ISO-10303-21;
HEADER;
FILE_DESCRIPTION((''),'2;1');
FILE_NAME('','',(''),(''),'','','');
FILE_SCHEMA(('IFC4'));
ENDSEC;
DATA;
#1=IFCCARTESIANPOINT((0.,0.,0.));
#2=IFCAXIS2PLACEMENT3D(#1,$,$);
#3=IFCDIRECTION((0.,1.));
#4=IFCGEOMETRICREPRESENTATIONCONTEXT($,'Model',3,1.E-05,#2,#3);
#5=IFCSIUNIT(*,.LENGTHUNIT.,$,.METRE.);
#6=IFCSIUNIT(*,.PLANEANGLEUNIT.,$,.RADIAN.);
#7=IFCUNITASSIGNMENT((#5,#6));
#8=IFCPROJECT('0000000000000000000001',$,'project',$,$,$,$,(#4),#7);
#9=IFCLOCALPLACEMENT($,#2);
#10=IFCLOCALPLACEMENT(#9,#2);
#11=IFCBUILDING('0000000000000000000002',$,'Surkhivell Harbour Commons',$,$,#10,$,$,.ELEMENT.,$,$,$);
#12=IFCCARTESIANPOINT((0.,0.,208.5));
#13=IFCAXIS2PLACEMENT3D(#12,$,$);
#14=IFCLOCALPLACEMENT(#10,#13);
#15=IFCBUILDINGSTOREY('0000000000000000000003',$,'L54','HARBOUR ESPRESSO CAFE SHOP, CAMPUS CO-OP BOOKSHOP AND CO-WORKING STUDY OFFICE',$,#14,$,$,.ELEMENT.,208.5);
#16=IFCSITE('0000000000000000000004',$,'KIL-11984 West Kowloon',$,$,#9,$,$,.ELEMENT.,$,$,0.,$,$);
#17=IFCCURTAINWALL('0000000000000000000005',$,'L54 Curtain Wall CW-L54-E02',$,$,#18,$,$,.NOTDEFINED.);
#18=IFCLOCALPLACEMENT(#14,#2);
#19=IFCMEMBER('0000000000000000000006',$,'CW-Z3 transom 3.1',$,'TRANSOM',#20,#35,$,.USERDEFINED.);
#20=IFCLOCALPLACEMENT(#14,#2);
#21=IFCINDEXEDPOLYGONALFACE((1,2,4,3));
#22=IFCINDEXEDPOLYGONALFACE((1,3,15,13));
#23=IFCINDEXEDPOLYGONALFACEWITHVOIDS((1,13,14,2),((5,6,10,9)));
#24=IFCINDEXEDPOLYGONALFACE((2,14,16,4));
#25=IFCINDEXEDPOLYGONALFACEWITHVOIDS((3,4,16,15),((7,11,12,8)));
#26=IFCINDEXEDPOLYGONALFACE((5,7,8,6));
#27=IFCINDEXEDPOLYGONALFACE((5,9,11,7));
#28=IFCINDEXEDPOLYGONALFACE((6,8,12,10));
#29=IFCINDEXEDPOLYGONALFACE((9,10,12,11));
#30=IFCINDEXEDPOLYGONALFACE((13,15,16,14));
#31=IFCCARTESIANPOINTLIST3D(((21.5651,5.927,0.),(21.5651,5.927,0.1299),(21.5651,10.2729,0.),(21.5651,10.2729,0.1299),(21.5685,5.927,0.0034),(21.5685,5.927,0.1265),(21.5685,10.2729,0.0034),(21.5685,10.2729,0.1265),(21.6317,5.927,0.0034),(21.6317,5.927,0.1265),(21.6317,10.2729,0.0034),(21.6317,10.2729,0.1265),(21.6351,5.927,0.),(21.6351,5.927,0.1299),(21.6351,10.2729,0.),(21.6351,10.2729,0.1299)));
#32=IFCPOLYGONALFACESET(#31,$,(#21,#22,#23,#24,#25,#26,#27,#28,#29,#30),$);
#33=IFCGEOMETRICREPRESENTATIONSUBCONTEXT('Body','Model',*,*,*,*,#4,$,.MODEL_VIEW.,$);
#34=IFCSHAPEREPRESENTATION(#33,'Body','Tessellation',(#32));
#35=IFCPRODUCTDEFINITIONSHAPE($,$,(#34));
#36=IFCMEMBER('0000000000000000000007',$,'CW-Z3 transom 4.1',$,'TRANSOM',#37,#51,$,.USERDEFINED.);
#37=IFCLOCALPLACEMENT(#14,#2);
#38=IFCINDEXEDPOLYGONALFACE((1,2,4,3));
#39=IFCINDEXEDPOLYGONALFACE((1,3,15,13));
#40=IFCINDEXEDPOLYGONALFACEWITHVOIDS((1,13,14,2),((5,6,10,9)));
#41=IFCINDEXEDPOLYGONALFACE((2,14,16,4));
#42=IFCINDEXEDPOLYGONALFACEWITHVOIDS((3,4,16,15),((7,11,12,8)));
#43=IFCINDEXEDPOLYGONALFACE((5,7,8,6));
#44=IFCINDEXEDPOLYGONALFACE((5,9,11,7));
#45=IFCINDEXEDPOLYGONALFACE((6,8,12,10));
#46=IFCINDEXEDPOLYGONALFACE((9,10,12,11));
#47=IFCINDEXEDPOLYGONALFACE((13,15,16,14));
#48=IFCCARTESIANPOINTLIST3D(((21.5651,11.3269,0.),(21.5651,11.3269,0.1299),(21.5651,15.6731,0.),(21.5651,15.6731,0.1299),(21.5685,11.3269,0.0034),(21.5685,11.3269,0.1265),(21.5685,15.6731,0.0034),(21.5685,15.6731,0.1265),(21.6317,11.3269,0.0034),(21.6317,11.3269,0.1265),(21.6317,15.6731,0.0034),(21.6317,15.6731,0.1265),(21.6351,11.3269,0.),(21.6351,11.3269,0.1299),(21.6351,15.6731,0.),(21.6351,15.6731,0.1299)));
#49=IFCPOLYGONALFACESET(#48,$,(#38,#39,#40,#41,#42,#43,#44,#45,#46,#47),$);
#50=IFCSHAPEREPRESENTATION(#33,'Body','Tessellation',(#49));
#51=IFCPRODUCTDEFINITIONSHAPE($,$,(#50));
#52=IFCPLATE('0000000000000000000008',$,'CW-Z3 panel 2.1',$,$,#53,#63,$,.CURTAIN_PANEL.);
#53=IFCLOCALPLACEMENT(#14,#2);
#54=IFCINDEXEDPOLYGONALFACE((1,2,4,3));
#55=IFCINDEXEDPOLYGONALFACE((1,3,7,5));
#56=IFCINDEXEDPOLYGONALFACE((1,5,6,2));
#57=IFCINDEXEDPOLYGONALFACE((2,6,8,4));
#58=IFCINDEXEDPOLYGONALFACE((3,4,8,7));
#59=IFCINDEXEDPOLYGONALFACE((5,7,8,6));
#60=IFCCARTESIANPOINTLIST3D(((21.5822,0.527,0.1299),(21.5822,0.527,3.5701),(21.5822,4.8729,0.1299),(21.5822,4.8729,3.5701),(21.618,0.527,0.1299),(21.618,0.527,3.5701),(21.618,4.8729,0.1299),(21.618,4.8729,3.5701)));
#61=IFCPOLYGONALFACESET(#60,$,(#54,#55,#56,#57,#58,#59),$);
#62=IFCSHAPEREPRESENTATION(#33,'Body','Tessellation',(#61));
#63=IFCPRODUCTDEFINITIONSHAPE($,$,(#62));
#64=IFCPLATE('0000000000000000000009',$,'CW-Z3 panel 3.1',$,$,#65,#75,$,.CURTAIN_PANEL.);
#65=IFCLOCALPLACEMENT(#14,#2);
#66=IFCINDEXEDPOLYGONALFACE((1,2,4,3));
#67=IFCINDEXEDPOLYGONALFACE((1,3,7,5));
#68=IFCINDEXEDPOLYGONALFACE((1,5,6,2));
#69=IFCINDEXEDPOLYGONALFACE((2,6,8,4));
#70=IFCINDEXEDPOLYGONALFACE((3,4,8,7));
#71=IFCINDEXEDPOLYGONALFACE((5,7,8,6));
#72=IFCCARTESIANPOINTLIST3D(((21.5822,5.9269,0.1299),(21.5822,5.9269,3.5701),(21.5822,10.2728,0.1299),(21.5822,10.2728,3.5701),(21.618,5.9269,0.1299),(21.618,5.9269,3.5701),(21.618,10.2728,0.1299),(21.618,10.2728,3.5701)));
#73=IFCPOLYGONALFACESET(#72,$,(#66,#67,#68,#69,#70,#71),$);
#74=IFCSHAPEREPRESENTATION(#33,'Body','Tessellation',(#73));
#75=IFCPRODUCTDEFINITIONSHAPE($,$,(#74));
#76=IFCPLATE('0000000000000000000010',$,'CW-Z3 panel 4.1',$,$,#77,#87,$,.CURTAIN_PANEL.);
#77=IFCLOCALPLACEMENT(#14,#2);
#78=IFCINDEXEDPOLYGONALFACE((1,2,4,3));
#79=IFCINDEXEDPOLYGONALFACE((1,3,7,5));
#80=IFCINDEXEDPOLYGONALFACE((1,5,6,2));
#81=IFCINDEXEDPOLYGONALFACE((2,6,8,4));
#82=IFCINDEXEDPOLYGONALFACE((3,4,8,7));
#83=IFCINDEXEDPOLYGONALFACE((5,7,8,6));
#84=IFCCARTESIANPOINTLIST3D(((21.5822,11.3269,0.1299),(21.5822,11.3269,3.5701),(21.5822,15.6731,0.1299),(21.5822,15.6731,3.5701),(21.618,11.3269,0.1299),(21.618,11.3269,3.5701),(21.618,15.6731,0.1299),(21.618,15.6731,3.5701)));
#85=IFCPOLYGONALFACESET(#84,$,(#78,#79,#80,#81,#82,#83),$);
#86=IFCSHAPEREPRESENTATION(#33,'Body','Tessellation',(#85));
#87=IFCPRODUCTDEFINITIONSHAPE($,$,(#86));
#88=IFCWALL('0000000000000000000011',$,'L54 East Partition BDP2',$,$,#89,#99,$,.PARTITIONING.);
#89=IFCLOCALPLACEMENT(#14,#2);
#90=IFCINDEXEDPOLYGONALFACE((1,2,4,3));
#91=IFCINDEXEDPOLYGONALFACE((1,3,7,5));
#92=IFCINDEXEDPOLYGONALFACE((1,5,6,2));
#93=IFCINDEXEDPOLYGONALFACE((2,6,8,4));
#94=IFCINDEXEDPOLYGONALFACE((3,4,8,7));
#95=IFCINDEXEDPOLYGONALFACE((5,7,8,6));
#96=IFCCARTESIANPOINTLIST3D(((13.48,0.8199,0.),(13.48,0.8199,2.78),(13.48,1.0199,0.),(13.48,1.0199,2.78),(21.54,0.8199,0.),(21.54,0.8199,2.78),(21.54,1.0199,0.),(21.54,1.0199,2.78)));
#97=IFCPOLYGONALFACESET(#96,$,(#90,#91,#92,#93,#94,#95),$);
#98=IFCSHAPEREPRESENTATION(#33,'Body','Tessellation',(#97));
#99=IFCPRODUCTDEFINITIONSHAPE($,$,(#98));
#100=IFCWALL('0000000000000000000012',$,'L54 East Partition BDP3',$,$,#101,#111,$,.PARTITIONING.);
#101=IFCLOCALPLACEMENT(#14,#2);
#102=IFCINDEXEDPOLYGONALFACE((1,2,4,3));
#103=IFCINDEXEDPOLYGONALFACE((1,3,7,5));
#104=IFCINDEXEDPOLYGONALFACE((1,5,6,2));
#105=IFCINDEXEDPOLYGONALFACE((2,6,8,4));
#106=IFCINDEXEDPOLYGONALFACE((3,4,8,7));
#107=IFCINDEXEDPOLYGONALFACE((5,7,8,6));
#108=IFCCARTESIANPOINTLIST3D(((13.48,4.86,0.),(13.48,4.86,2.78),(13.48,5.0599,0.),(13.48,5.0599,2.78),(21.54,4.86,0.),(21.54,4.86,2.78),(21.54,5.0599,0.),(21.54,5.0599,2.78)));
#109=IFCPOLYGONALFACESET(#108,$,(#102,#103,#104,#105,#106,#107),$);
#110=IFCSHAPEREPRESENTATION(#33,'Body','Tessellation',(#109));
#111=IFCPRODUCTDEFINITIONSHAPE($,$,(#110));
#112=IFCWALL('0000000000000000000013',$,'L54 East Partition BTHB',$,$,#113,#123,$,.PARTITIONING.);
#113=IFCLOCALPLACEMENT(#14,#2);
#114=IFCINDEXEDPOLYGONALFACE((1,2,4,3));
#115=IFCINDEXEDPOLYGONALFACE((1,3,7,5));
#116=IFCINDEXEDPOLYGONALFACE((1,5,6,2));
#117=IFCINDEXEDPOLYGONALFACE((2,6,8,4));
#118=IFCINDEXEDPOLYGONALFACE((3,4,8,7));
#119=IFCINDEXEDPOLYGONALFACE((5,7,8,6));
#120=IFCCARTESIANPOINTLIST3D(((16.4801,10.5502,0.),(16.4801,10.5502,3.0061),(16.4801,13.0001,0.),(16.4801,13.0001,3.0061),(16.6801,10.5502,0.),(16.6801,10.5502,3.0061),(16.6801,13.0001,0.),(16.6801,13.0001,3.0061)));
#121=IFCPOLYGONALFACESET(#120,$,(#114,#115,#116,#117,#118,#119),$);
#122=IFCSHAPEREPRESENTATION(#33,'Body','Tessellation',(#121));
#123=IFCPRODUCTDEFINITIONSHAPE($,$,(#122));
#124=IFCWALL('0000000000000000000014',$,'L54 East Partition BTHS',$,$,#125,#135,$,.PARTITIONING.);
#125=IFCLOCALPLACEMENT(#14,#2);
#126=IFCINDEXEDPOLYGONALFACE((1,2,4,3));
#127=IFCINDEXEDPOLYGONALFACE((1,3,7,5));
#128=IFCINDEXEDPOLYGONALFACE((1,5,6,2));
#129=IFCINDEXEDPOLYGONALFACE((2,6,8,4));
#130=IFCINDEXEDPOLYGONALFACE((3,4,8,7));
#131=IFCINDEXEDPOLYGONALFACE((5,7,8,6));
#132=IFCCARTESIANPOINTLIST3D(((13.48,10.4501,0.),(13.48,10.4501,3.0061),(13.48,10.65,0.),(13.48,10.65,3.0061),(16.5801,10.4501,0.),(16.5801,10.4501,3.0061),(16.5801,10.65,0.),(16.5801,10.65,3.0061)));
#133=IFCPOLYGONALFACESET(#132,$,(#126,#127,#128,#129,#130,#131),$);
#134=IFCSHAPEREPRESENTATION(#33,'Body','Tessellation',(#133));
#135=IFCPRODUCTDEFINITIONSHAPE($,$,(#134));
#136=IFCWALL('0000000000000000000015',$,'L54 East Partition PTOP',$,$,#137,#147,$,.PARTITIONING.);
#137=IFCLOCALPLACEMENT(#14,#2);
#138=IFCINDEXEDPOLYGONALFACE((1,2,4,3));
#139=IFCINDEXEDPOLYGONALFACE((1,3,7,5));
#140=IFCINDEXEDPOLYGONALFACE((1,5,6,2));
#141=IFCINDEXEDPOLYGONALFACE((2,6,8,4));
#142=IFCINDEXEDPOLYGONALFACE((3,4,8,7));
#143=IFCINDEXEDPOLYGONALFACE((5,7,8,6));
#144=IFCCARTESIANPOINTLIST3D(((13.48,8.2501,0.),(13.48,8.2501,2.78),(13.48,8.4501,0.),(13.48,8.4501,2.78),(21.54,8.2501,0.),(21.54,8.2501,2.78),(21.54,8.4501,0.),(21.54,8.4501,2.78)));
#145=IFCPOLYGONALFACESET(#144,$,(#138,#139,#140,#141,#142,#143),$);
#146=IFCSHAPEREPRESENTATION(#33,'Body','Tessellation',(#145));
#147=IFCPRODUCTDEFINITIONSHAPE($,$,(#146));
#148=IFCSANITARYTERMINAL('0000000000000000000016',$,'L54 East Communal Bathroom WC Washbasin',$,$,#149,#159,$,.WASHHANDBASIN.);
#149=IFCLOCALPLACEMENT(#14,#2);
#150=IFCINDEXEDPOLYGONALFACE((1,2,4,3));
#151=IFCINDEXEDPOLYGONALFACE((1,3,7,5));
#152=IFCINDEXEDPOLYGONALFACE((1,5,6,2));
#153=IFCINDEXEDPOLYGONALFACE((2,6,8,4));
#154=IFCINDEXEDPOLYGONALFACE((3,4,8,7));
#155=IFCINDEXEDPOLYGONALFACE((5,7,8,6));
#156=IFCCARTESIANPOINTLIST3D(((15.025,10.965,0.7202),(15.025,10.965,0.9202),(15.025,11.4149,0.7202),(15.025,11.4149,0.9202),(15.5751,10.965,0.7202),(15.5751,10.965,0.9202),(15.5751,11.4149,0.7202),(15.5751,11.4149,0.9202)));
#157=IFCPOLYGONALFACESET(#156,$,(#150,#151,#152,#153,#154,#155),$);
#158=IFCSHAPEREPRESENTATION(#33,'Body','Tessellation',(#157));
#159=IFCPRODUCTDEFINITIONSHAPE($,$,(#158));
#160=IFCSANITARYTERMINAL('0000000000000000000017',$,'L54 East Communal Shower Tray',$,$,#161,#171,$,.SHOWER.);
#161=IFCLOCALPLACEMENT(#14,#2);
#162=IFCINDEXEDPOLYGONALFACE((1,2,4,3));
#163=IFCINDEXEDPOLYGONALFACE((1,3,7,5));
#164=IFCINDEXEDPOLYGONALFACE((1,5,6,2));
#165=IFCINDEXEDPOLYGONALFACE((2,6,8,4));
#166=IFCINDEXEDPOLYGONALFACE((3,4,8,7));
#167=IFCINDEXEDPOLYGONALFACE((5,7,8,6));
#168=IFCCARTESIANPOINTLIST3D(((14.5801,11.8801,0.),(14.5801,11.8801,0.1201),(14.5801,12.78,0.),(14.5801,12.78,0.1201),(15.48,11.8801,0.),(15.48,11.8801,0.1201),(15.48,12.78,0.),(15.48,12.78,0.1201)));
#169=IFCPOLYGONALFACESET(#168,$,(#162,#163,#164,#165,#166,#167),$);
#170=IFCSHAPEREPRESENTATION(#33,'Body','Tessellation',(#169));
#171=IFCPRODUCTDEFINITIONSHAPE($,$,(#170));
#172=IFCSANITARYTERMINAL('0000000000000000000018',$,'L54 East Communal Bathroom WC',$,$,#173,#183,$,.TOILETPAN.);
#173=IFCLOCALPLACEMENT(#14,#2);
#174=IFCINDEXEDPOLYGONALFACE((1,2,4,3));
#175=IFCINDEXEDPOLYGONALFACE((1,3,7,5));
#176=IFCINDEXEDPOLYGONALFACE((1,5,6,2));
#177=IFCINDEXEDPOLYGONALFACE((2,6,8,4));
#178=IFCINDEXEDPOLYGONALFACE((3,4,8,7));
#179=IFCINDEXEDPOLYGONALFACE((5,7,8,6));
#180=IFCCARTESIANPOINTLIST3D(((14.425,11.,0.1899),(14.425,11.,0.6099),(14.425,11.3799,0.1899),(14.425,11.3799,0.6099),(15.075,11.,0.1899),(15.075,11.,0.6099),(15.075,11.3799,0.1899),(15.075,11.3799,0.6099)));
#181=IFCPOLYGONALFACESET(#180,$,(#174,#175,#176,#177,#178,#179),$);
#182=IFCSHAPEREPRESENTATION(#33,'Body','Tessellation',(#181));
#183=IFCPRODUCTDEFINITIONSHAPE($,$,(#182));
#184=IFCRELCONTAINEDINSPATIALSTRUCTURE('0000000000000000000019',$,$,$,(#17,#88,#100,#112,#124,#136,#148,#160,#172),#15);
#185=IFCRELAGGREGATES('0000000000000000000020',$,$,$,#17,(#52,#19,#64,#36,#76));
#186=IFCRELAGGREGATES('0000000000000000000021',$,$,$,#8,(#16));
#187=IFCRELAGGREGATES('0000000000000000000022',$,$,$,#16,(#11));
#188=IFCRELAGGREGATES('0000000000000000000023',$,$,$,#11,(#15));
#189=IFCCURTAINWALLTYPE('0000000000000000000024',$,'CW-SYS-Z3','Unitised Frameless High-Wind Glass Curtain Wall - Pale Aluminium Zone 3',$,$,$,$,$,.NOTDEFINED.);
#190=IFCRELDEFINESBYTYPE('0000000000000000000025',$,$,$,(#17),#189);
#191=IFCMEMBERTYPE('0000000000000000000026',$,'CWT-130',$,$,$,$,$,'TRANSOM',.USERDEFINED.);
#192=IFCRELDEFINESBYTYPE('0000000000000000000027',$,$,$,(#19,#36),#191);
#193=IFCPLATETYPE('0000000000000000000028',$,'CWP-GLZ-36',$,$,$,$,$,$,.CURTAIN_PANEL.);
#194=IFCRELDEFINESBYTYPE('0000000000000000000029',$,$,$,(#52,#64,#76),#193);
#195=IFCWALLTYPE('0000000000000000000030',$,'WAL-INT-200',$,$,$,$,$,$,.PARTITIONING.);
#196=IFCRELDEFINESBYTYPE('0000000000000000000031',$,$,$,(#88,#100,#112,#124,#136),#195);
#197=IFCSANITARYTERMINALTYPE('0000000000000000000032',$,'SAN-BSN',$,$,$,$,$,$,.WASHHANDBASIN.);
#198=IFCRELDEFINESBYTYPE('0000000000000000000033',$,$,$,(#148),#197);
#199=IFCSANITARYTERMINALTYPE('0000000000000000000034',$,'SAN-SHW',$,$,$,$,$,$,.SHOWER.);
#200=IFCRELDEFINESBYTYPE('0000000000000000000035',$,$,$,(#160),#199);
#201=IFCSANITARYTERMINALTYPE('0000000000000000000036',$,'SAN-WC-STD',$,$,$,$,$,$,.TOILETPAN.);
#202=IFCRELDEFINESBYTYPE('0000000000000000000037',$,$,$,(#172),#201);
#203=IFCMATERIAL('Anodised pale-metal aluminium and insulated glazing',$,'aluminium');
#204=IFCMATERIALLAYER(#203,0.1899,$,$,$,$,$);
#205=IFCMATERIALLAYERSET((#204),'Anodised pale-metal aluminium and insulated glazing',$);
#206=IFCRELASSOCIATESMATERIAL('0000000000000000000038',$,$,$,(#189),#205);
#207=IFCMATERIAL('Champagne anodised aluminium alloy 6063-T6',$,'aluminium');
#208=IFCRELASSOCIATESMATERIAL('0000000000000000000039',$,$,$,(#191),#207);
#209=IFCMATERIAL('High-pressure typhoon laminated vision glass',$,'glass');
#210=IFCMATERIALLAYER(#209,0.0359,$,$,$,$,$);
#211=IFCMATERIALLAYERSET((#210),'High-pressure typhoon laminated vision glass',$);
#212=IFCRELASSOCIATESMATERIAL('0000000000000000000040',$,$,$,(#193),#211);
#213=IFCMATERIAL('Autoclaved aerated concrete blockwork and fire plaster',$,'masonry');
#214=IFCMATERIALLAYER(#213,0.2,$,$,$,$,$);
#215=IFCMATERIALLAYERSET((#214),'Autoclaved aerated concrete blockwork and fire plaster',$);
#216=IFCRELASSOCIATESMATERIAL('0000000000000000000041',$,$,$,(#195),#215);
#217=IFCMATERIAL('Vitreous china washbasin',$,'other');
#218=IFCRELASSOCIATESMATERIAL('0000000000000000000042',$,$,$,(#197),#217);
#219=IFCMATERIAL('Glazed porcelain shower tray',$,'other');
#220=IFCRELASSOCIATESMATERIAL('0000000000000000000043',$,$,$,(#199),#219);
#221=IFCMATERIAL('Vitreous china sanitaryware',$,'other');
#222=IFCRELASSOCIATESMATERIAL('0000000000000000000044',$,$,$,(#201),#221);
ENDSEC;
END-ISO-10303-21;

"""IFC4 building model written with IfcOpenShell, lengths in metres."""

from ifc_helpers import new_model, si_unit, direction, frame, frame_2d, origin, origin_2d, place, context, subcontext, project, spatial, rectangle, hollow_rectangle, extrude, material, layer, layer_set, material_profile, profile_set, type_object, element, aggregate, save


model = new_model("IFC4")

# Units and contexts
model_context = context("Model", 3, precision=1e-05, world=origin(), true_north=direction((0.0, 1.0)))
body_context = subcontext(model_context, "Body", "Model", "MODEL_VIEW")
ifc_project = project(units=[si_unit("LENGTHUNIT", "METRE"), si_unit("PLANEANGLEUNIT", "RADIAN")], contexts=[model_context])

# Site, building, storey
site_placement = place(None, origin())
site = spatial("IfcSite", under=ifc_project, at=site_placement, Name="KIL-11984 West Kowloon", CompositionType="ELEMENT", RefElevation=0.0)
building_placement = place(site_placement, origin())
building = spatial("IfcBuilding", under=site, at=building_placement, Name="Surkhivell Harbour Commons", CompositionType="ELEMENT")
storey_placement = place(building_placement, frame((0.0, 0.0, 208.5)))
storey = spatial("IfcBuildingStorey", under=building, at=storey_placement, Name="L54", Description="HARBOUR ESPRESSO CAFE SHOP, CAMPUS CO-OP BOOKSHOP AND CO-WORKING STUDY OFFICE", CompositionType="ELEMENT", Elevation=208.5)

# Curtain wall, members, plates
ifc_material_1 = material(Name="Anodised pale-metal aluminium and insulated glazing", Category="aluminium")
ifc_layer_1 = layer(ifc_material_1, 0.1899)
ifc_layer_set_1 = layer_set([ifc_layer_1], Name="Anodised pale-metal aluminium and insulated glazing")
curtain_wall_type = type_object("IfcCurtainWallType", Name="CW-SYS-Z3", Description="Unitised Frameless High-Wind Glass Curtain Wall - Pale Aluminium Zone 3", PredefinedType="NOTDEFINED", material=ifc_layer_set_1)
curtain_wall_placement = place(storey_placement, origin())
curtain_wall = element("IfcCurtainWall", 1, at=curtain_wall_placement, inside=storey, type_object=curtain_wall_type, Name="L54 Curtain Wall CW-L54-E02", PredefinedType="NOTDEFINED")
ifc_material_2 = material(Name="Champagne anodised aluminium alloy 6063-T6", Category="aluminium")
ifc_material_profile_1 = material_profile(ifc_material_2, hollow_rectangle(XDim=0.0701, YDim=0.1299, WallThickness=0.0034, at=origin_2d()), Name="ALU-TRAN-70x130")
ifc_profile_set_1 = profile_set([ifc_material_profile_1], Name="Champagne anodised aluminium alloy 6063-T6")
member_type_1 = type_object("IfcMemberType", Name="CWT-130", ElementType="TRANSOM", PredefinedType="USERDEFINED", material=ifc_profile_set_1)
member_1_placement = place(storey_placement, frame((21.6001, 5.927, 0.0649), z_axis=(0.0, 1.0, 0.0), x_axis=(-1.0, 0.0, 0.0)))
member_1 = element("IfcMember", 2, at=member_1_placement, type_object=member_type_1, Name="CW-Z3 transom 3.1", ObjectType="TRANSOM", PredefinedType="USERDEFINED", context=body_context, shape_type="SweptSolid", body=[
    extrude(hollow_rectangle(XDim=0.0701, YDim=0.1299, WallThickness=0.0034, at=origin_2d()), origin(), (0.0, 0.0, 1.0), 4.3459),
])
member_2_placement = place(storey_placement, frame((21.6001, 11.3269, 0.0649), z_axis=(0.0, 1.0, 0.0), x_axis=(-1.0, 0.0, 0.0)))
member_2 = element("IfcMember", 3, at=member_2_placement, type_object=member_type_1, Name="CW-Z3 transom 4.1", ObjectType="TRANSOM", PredefinedType="USERDEFINED", context=body_context, shape_type="SweptSolid", body=[
    extrude(hollow_rectangle(XDim=0.0701, YDim=0.1299, WallThickness=0.0034, at=origin_2d()), origin(), (0.0, 0.0, 1.0), 4.3462),
])
ifc_material_3 = material(Name="High-pressure typhoon laminated vision glass", Category="glass")
ifc_layer_2 = layer(ifc_material_3, 0.0359)
ifc_layer_set_2 = layer_set([ifc_layer_2], Name="High-pressure typhoon laminated vision glass")
plate_type = type_object("IfcPlateType", Name="CWP-GLZ-36", PredefinedType="CURTAIN_PANEL", material=ifc_layer_set_2)
plate_1_placement = place(storey_placement, frame((21.6001, 0.5271, 0.1299), z_axis=(0.0, 0.0, 1.0), x_axis=(0.0, 1.0, 0.0)))
plate_1 = element("IfcPlate", 4, at=plate_1_placement, type_object=plate_type, Name="CW-Z3 panel 2.1", PredefinedType="CURTAIN_PANEL", context=body_context, shape_type="SweptSolid", body=[
    extrude(rectangle(XDim=4.3459, YDim=0.0359, at=frame_2d((2.1729, 0.0))), origin(), (0.0, 0.0, 1.0), 3.4402),
])
plate_2_placement = place(storey_placement, frame((21.6001, 5.927, 0.1299), z_axis=(0.0, 0.0, 1.0), x_axis=(0.0, 1.0, 0.0)))
plate_2 = element("IfcPlate", 5, at=plate_2_placement, type_object=plate_type, Name="CW-Z3 panel 3.1", PredefinedType="CURTAIN_PANEL", context=body_context, shape_type="SweptSolid", body=[
    extrude(rectangle(XDim=4.3459, YDim=0.0359, at=frame_2d((2.1729, 0.0))), origin(), (0.0, 0.0, 1.0), 3.4402),
])
plate_3_placement = place(storey_placement, frame((21.6001, 11.3269, 0.1299), z_axis=(0.0, 0.0, 1.0), x_axis=(0.0, 1.0, 0.0)))
plate_3 = element("IfcPlate", 6, at=plate_3_placement, type_object=plate_type, Name="CW-Z3 panel 4.1", PredefinedType="CURTAIN_PANEL", context=body_context, shape_type="SweptSolid", body=[
    extrude(rectangle(XDim=4.3462, YDim=0.0359, at=frame_2d((2.1731, 0.0))), origin(), (0.0, 0.0, 1.0), 3.4402),
])
aggregate(curtain_wall, [plate_1, member_1, plate_2, member_2, plate_3])

# Walls
ifc_material_4 = material(Name="Autoclaved aerated concrete blockwork and fire plaster", Category="masonry")
ifc_layer_3 = layer(ifc_material_4, 0.2)
ifc_layer_set_3 = layer_set([ifc_layer_3], Name="Autoclaved aerated concrete blockwork and fire plaster")
wall_type = type_object("IfcWallType", Name="WAL-INT-200", PredefinedType="PARTITIONING", material=ifc_layer_set_3)
for number, where, z_axis, x_axis, name in (
    (7, (13.48, 0.9199, 0.0), (0.0, 0.0, 1.0), (1.0, 0.0, 0.0), "L54 East Partition BDP2"),
    (8, (13.48, 4.96, 0.0), (0.0, 0.0, 1.0), (1.0, 0.0, 0.0), "L54 East Partition BDP3"),
):
    element("IfcWall", number, at=place(storey_placement, frame(where, z_axis=z_axis, x_axis=x_axis)), inside=storey, type_object=wall_type, Name=name, PredefinedType="PARTITIONING", context=body_context, shape_type="SweptSolid", body=[
        extrude(rectangle(XDim=8.0601, YDim=0.2, at=frame_2d((4.03, 0.0))), origin(), (0.0, 0.0, 1.0), 2.78),
    ])
wall_1_placement = place(storey_placement, frame((16.5801, 10.55, 0.0), z_axis=(0.0, 0.0, 1.0), x_axis=(0.0, 1.0, 0.0)))
element("IfcWall", 9, at=wall_1_placement, inside=storey, type_object=wall_type, Name="L54 East Partition BTHB", PredefinedType="PARTITIONING", context=body_context, shape_type="SweptSolid", body=[
    extrude(rectangle(XDim=2.45, YDim=0.2, at=frame_2d((1.2251, 0.0))), origin(), (0.0, 0.0, 1.0), 3.0061),
])
wall_2_placement = place(storey_placement, frame((13.48, 10.55, 0.0), z_axis=(0.0, 0.0, 1.0), x_axis=(1.0, 0.0, 0.0)))
element("IfcWall", 10, at=wall_2_placement, inside=storey, type_object=wall_type, Name="L54 East Partition BTHS", PredefinedType="PARTITIONING", context=body_context, shape_type="SweptSolid", body=[
    extrude(rectangle(XDim=3.1001, YDim=0.2, at=frame_2d((1.55, 0.0))), origin(), (0.0, 0.0, 1.0), 3.0061),
])
wall_3_placement = place(storey_placement, frame((13.48, 8.3501, 0.0), z_axis=(0.0, 0.0, 1.0), x_axis=(1.0, 0.0, 0.0)))
element("IfcWall", 11, at=wall_3_placement, inside=storey, type_object=wall_type, Name="L54 East Partition PTOP", PredefinedType="PARTITIONING", context=body_context, shape_type="SweptSolid", body=[
    extrude(rectangle(XDim=8.0601, YDim=0.2, at=frame_2d((4.03, 0.0))), origin(), (0.0, 0.0, 1.0), 2.78),
])

# Sanitary terminals
ifc_material_5 = material(Name="Vitreous china washbasin", Category="other")
sanitary_terminal_type_1 = type_object("IfcSanitaryTerminalType", Name="SAN-BSN", PredefinedType="WASHHANDBASIN", material=ifc_material_5)
sanitary_terminal_1_placement = place(storey_placement, frame((15.3, 11.1899, 0.7202), z_axis=(0.0, 0.0, 1.0), x_axis=(1.0, 0.0, 0.0)))
element("IfcSanitaryTerminal", 12, at=sanitary_terminal_1_placement, inside=storey, type_object=sanitary_terminal_type_1, Name="L54 East Communal Bathroom WC Washbasin", PredefinedType="WASHHANDBASIN", context=body_context, shape_type="SweptSolid", body=[
    extrude(rectangle(XDim=0.55, YDim=0.45, at=origin_2d()), origin(), (0.0, 0.0, 1.0), 0.2),
])
ifc_material_6 = material(Name="Glazed porcelain shower tray", Category="other")
sanitary_terminal_type_2 = type_object("IfcSanitaryTerminalType", Name="SAN-SHW", PredefinedType="SHOWER", material=ifc_material_6)
sanitary_terminal_2_placement = place(storey_placement, frame((15.03, 12.3301, 0.0), z_axis=(0.0, 0.0, 1.0), x_axis=(1.0, 0.0, 0.0)))
element("IfcSanitaryTerminal", 13, at=sanitary_terminal_2_placement, inside=storey, type_object=sanitary_terminal_type_2, Name="L54 East Communal Shower Tray", PredefinedType="SHOWER", context=body_context, shape_type="SweptSolid", body=[
    extrude(rectangle(XDim=0.8999, YDim=0.8999, at=origin_2d()), origin(), (0.0, 0.0, 1.0), 0.1201),
])
ifc_material_7 = material(Name="Vitreous china sanitaryware", Category="other")
sanitary_terminal_type_3 = type_object("IfcSanitaryTerminalType", Name="SAN-WC-STD", PredefinedType="TOILETPAN", material=ifc_material_7)
sanitary_terminal_3_placement = place(storey_placement, frame((14.75, 11.1899, 0.1899), z_axis=(0.0, 0.0, 1.0), x_axis=(1.0, 0.0, 0.0)))
element("IfcSanitaryTerminal", 14, at=sanitary_terminal_3_placement, inside=storey, type_object=sanitary_terminal_type_3, Name="L54 East Communal Bathroom WC", PredefinedType="TOILETPAN", context=body_context, shape_type="SweptSolid", body=[
    extrude(rectangle(XDim=0.6499, YDim=0.3799, at=origin_2d()), origin(), (0.0, 0.0, 1.0), 0.4199),
])

save(model, "model.ifc")
